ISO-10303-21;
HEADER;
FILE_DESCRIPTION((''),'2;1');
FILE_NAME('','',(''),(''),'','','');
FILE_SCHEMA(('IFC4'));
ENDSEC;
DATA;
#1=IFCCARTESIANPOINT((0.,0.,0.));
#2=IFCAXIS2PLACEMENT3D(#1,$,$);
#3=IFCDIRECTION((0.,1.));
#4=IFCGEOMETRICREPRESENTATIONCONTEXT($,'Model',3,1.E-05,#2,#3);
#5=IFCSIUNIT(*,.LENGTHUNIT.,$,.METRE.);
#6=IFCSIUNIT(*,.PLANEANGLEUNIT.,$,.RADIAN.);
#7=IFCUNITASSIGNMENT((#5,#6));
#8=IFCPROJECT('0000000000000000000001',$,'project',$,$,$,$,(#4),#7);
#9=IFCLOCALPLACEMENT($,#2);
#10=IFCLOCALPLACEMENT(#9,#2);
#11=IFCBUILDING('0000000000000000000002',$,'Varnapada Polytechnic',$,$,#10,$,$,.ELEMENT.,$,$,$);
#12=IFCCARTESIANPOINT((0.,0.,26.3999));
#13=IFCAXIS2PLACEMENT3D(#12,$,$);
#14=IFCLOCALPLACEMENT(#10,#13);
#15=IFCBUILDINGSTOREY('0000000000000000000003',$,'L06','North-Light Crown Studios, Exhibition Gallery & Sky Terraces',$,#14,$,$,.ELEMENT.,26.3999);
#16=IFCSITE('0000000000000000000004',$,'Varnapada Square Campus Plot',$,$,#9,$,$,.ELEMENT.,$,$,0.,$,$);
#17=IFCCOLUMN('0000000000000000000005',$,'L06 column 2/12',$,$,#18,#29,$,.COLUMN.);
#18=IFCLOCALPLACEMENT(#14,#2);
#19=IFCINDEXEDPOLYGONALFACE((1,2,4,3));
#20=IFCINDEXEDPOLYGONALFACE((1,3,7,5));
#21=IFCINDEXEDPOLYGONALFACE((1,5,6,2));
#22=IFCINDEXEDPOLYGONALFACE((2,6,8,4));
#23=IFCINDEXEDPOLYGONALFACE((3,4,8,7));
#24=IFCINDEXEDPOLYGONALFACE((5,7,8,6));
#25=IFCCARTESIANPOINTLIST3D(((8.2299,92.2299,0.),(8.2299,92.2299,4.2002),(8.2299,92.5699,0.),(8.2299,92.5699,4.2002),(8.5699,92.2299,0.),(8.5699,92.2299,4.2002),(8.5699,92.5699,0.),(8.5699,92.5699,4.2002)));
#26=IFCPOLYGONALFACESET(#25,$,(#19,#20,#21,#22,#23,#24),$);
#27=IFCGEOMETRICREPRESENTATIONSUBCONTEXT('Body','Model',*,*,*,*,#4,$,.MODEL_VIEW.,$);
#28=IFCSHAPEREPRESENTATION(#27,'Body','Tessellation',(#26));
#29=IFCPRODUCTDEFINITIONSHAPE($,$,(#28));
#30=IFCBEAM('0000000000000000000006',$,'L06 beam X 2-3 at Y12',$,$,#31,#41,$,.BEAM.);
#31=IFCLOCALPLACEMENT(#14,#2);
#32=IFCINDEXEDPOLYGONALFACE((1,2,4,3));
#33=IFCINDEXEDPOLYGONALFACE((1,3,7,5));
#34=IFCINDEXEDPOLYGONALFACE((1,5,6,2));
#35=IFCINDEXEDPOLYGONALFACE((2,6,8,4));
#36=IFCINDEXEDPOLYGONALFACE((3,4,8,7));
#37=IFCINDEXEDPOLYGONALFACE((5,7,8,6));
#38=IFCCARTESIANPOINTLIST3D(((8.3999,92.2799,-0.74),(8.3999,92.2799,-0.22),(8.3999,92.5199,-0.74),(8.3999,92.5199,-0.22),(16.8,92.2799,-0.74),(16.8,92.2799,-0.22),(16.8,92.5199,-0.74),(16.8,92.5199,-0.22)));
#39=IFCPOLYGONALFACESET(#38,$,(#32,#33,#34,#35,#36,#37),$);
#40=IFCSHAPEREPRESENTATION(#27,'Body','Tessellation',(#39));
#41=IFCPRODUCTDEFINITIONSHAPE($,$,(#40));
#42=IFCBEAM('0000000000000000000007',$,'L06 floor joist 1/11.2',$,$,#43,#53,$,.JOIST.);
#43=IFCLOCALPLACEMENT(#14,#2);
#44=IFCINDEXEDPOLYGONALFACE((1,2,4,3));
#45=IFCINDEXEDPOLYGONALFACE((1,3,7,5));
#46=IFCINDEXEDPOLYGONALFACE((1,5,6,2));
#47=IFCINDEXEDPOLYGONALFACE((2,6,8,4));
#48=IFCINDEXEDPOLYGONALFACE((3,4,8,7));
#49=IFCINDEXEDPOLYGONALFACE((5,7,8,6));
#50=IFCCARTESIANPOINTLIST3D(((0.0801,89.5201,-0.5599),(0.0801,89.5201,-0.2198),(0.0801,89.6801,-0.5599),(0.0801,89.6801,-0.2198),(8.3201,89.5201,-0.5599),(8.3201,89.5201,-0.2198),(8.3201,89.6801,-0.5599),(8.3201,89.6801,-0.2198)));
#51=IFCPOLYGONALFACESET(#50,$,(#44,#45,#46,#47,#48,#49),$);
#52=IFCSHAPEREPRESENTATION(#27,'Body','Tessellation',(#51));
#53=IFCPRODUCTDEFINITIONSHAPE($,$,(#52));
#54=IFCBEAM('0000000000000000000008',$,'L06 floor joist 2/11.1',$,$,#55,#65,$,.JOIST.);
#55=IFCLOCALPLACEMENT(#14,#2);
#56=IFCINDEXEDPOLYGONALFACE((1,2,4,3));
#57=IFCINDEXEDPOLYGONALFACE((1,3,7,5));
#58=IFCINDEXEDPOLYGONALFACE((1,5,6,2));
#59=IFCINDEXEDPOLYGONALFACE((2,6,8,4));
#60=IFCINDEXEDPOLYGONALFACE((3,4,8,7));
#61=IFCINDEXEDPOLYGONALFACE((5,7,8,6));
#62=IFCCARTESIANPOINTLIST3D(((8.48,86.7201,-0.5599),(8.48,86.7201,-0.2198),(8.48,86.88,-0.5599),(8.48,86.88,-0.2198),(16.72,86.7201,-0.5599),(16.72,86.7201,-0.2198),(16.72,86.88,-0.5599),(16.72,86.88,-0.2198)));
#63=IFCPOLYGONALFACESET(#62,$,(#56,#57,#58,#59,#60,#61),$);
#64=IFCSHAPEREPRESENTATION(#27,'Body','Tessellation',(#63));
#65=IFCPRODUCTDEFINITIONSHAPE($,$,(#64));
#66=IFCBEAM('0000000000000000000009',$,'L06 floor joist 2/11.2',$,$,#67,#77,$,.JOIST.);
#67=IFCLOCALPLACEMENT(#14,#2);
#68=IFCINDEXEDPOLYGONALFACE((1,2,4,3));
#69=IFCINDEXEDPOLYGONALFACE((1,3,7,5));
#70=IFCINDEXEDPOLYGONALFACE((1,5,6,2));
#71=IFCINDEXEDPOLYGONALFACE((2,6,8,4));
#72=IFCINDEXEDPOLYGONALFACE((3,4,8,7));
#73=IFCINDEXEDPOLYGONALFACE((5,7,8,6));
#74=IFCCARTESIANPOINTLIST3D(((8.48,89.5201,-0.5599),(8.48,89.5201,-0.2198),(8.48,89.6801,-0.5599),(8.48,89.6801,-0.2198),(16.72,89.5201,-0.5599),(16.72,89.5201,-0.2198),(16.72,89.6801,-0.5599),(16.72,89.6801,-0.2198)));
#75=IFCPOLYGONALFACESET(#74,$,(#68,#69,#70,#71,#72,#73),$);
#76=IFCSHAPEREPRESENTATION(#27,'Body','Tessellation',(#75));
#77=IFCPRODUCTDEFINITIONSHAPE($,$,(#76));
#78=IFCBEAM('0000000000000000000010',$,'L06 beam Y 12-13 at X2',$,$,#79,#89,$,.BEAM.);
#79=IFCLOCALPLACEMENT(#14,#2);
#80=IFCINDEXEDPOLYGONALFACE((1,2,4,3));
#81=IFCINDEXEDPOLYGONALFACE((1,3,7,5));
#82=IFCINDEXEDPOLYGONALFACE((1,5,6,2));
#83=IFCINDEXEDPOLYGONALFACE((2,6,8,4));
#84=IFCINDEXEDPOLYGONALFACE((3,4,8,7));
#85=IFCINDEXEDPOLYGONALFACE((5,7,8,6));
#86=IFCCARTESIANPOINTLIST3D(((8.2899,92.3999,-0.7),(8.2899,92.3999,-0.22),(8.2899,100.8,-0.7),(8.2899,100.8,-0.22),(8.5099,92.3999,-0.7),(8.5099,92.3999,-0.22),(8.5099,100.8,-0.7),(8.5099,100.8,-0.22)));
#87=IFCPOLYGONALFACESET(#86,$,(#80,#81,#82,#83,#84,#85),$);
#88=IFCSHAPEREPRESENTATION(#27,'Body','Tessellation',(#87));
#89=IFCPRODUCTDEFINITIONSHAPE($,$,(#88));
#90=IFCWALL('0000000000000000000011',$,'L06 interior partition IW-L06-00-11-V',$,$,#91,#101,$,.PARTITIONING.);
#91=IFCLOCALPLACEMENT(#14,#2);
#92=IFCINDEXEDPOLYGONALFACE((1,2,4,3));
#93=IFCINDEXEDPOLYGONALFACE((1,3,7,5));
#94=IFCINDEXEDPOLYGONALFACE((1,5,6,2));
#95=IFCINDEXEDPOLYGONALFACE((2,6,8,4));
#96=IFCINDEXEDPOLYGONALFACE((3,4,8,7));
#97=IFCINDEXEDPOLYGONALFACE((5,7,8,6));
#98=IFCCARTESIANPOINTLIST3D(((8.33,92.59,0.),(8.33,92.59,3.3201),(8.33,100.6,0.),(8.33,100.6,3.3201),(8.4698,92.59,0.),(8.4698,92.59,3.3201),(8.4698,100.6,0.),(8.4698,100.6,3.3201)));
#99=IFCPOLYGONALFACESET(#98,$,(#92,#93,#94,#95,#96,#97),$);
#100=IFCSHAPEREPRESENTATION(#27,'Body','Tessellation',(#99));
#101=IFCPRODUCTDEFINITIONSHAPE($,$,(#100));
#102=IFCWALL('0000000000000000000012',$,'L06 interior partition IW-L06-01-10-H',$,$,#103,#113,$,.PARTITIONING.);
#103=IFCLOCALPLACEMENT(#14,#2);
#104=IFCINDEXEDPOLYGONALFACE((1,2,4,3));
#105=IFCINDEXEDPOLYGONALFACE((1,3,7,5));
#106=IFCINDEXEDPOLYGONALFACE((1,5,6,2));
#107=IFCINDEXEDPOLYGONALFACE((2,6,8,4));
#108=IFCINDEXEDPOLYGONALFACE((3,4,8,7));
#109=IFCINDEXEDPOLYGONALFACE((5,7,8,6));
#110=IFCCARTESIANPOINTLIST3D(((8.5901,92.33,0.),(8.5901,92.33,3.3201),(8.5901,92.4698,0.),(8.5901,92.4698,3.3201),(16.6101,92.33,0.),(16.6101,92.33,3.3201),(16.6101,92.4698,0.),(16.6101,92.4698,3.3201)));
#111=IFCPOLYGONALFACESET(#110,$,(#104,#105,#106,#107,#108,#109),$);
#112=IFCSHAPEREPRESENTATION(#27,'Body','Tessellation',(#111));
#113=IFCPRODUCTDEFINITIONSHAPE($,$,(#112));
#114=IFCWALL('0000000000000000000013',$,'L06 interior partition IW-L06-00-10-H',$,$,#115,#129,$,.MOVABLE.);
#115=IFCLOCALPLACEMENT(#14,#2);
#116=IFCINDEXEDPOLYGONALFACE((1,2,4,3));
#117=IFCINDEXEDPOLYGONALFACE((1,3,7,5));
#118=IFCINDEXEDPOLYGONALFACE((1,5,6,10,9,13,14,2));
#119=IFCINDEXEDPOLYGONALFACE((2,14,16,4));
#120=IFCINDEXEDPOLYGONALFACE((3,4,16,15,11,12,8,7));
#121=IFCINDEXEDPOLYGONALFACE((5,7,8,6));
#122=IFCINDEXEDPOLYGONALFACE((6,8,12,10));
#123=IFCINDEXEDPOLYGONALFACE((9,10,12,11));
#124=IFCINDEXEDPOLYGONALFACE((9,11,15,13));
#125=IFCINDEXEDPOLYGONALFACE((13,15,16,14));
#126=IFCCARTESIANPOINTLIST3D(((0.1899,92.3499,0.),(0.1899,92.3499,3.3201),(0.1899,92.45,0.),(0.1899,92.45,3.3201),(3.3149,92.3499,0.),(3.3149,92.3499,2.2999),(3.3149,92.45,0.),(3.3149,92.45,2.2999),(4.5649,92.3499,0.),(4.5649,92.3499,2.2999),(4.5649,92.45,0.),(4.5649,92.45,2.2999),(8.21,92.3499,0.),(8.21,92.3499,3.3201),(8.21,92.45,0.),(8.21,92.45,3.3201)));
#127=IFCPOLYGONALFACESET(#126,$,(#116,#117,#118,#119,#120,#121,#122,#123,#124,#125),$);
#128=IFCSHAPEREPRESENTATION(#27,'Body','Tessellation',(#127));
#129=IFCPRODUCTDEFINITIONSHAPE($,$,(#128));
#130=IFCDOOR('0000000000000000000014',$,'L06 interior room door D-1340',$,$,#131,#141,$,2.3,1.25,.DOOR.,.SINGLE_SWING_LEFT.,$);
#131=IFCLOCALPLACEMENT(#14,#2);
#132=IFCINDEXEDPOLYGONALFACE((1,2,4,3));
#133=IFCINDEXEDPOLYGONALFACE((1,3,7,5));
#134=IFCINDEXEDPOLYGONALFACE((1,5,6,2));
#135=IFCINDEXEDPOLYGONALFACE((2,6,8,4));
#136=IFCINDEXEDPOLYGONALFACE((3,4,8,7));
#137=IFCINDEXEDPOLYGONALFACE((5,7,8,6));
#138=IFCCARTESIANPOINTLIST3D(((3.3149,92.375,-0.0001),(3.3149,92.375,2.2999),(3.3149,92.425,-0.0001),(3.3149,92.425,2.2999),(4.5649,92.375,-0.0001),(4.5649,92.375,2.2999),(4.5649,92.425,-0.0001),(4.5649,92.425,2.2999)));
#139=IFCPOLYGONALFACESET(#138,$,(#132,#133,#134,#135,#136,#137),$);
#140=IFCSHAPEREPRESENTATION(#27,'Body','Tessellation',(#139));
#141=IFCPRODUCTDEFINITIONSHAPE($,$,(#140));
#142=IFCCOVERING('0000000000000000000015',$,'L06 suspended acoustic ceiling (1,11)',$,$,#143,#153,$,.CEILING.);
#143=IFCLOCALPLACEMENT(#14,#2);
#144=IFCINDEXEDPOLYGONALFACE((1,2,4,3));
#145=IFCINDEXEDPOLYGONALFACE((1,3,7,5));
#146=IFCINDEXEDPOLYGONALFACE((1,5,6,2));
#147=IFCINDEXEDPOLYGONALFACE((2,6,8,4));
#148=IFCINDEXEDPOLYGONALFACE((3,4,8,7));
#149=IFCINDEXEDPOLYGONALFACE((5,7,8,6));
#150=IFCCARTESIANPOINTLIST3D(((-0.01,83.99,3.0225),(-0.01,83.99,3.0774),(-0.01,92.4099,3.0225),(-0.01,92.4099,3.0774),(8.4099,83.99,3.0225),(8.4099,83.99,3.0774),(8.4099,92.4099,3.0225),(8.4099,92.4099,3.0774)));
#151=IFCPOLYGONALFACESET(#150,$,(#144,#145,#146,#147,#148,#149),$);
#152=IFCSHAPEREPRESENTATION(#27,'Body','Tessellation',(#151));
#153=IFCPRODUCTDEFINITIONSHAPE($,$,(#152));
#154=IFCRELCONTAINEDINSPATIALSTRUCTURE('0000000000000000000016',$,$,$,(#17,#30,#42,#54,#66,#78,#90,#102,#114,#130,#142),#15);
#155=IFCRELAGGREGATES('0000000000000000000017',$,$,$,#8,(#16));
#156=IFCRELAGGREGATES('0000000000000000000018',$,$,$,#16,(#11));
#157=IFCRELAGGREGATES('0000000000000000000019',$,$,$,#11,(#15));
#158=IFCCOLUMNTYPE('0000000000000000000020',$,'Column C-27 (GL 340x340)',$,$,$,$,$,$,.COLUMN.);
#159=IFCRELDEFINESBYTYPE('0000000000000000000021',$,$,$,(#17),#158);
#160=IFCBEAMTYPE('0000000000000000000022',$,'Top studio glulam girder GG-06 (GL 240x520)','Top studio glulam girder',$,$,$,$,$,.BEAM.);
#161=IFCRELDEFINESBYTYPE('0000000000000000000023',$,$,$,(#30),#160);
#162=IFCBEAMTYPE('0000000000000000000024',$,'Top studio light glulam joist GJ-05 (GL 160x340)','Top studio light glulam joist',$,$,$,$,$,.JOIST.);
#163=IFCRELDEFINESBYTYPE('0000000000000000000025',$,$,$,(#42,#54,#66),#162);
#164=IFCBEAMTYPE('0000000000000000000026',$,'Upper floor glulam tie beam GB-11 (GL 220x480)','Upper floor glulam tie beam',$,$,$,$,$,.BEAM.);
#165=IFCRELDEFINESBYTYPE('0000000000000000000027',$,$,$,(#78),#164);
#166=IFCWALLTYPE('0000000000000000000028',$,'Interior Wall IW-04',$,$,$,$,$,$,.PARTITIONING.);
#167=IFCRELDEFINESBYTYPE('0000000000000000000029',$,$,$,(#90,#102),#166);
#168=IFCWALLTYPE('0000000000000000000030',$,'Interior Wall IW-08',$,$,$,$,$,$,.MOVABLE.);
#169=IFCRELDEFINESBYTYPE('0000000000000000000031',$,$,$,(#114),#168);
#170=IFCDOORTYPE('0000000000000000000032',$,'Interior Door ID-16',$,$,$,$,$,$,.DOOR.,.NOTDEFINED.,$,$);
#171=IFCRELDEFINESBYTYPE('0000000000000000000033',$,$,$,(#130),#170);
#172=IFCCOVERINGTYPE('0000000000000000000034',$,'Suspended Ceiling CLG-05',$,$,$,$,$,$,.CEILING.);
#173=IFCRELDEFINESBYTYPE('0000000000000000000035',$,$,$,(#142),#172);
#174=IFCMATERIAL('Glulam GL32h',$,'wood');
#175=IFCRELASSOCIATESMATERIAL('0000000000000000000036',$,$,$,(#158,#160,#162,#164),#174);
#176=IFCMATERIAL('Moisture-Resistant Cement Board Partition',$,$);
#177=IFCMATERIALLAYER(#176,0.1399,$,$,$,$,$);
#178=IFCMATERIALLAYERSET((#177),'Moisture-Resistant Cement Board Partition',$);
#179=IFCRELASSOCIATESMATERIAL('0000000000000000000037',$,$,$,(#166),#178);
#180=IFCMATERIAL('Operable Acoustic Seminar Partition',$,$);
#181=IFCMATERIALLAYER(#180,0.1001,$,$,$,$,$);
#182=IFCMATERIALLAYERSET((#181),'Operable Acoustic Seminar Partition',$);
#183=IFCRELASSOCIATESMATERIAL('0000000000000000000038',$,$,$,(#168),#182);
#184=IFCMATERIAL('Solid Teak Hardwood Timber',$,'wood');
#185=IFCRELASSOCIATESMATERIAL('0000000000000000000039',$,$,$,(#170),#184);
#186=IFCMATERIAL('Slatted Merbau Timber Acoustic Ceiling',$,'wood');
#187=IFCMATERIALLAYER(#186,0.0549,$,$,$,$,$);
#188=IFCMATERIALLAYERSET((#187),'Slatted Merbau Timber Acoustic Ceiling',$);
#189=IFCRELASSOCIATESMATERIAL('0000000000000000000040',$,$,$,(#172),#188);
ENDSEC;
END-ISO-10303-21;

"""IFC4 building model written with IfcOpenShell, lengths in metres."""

from ifc_helpers import new_model, si_unit, direction, frame, frame_2d, origin, origin_2d, place, context, subcontext, project, spatial, rectangle, extrude, material, layer, layer_set, material_profile, profile_set, type_object, element, fill, save


model = new_model("IFC4")

# Units and contexts
model_context = context("Model", 3, precision=1e-05, world=origin(), true_north=direction((0.0, 1.0)))
body_context = subcontext(model_context, "Body", "Model", "MODEL_VIEW")
ifc_project = project(units=[si_unit("LENGTHUNIT", "METRE"), si_unit("PLANEANGLEUNIT", "RADIAN")], contexts=[model_context])

# Site, building, storey
site_placement = place(None, origin())
site = spatial("IfcSite", under=ifc_project, at=site_placement, Name="Varnapada Square Campus Plot", CompositionType="ELEMENT", RefElevation=0.0)
building_placement = place(site_placement, origin())
building = spatial("IfcBuilding", under=site, at=building_placement, Name="Varnapada Polytechnic", CompositionType="ELEMENT")
storey_placement = place(building_placement, frame((0.0, 0.0, 26.3999)))
storey = spatial("IfcBuildingStorey", under=building, at=storey_placement, Name="L06", Description="North-Light Crown Studios, Exhibition Gallery & Sky Terraces", CompositionType="ELEMENT", Elevation=26.3999)

# Column
ifc_material_1 = material(Name="Glulam GL32h", Category="wood")
ifc_material_profile_1 = material_profile(ifc_material_1, rectangle(XDim=0.3401, YDim=0.3401, at=origin_2d()), Name="GL 340x340")
ifc_profile_set_1 = profile_set([ifc_material_profile_1], Name="Glulam GL32h")
column_type = type_object("IfcColumnType", Name="Column C-27 (GL 340x340)", PredefinedType="COLUMN", material=ifc_profile_set_1)
column_placement = place(storey_placement, frame((8.3999, 92.3999, 0.0), z_axis=(0.0, 0.0, 1.0), x_axis=(1.0, 0.0, 0.0)))
element("IfcColumn", 1, at=column_placement, inside=storey, type_object=column_type, Name="L06 column 2/12", PredefinedType="COLUMN", context=body_context, shape_type="SweptSolid", body=[
    extrude(rectangle(XDim=0.3401, YDim=0.3401, at=origin_2d()), origin(), (0.0, 0.0, 1.0), 4.2002),
])

# Beams
ifc_material_profile_2 = material_profile(ifc_material_1, rectangle(XDim=0.24, YDim=0.52, at=origin_2d()), Name="GL 240x520")
ifc_profile_set_2 = profile_set([ifc_material_profile_2], Name="Glulam GL32h")
beam_type_1 = type_object("IfcBeamType", Name="Top studio glulam girder GG-06 (GL 240x520)", Description="Top studio glulam girder", PredefinedType="BEAM", material=ifc_profile_set_2)
beam_1_placement = place(storey_placement, frame((8.3999, 92.3999, -0.48), z_axis=(1.0, 0.0, 0.0), x_axis=(0.0, 1.0, 0.0)))
element("IfcBeam", 2, at=beam_1_placement, inside=storey, type_object=beam_type_1, Name="L06 beam X 2-3 at Y12", PredefinedType="BEAM", context=body_context, shape_type="SweptSolid", body=[
    extrude(rectangle(XDim=0.24, YDim=0.52, at=origin_2d()), origin(), (0.0, 0.0, 1.0), 8.4001),
])
ifc_material_profile_3 = material_profile(ifc_material_1, rectangle(XDim=0.1599, YDim=0.3401, at=origin_2d()), Name="GL 160x340")
ifc_profile_set_3 = profile_set([ifc_material_profile_3], Name="Glulam GL32h")
beam_type_2 = type_object("IfcBeamType", Name="Top studio light glulam joist GJ-05 (GL 160x340)", Description="Top studio light glulam joist", PredefinedType="JOIST", material=ifc_profile_set_3)
for number, where, z_axis, x_axis, name in (
    (3, (0.0801, 89.6001, -0.3899), (1.0, 0.0, 0.0), (0.0, 1.0, 0.0), "L06 floor joist 1/11.2"),
    (4, (8.48, 86.8, -0.3899), (1.0, 0.0, 0.0), (0.0, 1.0, 0.0), "L06 floor joist 2/11.1"),
    (5, (8.48, 89.6001, -0.3899), (1.0, 0.0, 0.0), (0.0, 1.0, 0.0), "L06 floor joist 2/11.2"),
):
    element("IfcBeam", number, at=place(storey_placement, frame(where, z_axis=z_axis, x_axis=x_axis)), inside=storey, type_object=beam_type_2, Name=name, PredefinedType="JOIST", context=body_context, shape_type="SweptSolid", body=[
        extrude(rectangle(XDim=0.1599, YDim=0.3401, at=origin_2d()), origin(), (0.0, 0.0, 1.0), 8.24),
    ])
ifc_material_profile_4 = material_profile(ifc_material_1, rectangle(XDim=0.22, YDim=0.48, at=origin_2d()), Name="GL 220x480")
ifc_profile_set_4 = profile_set([ifc_material_profile_4], Name="Glulam GL32h")
beam_type_3 = type_object("IfcBeamType", Name="Upper floor glulam tie beam GB-11 (GL 220x480)", Description="Upper floor glulam tie beam", PredefinedType="BEAM", material=ifc_profile_set_4)
beam_2_placement = place(storey_placement, frame((8.3999, 92.3999, -0.46), z_axis=(0.0, 1.0, 0.0), x_axis=(-1.0, 0.0, 0.0)))
element("IfcBeam", 6, at=beam_2_placement, inside=storey, type_object=beam_type_3, Name="L06 beam Y 12-13 at X2", PredefinedType="BEAM", context=body_context, shape_type="SweptSolid", body=[
    extrude(rectangle(XDim=0.22, YDim=0.48, at=origin_2d()), origin(), (0.0, 0.0, 1.0), 8.4001),
])

# Walls
ifc_material_2 = material(Name="Moisture-Resistant Cement Board Partition")
ifc_layer_1 = layer(ifc_material_2, 0.1399)
ifc_layer_set_1 = layer_set([ifc_layer_1], Name="Moisture-Resistant Cement Board Partition")
wall_type_1 = type_object("IfcWallType", Name="Interior Wall IW-04", PredefinedType="PARTITIONING", material=ifc_layer_set_1)
wall_1_placement = place(storey_placement, frame((8.3999, 92.5901, 0.0), z_axis=(0.0, 0.0, 1.0), x_axis=(0.0, 1.0, 0.0)))
element("IfcWall", 7, at=wall_1_placement, inside=storey, type_object=wall_type_1, Name="L06 interior partition IW-L06-00-11-V", PredefinedType="PARTITIONING", context=body_context, shape_type="SweptSolid", body=[
    extrude(rectangle(XDim=8.01, YDim=0.1399, at=frame_2d((4.0049, 0.0))), origin(), (0.0, 0.0, 1.0), 3.3201),
])
wall_2_placement = place(storey_placement, frame((8.5901, 92.3999, 0.0), z_axis=(0.0, 0.0, 1.0), x_axis=(1.0, 0.0, 0.0)))
element("IfcWall", 8, at=wall_2_placement, inside=storey, type_object=wall_type_1, Name="L06 interior partition IW-L06-01-10-H", PredefinedType="PARTITIONING", context=body_context, shape_type="SweptSolid", body=[
    extrude(rectangle(XDim=8.02, YDim=0.1399, at=frame_2d((4.01, 0.0))), origin(), (0.0, 0.0, 1.0), 3.3201),
])

# Wall, opening, door
ifc_material_3 = material(Name="Operable Acoustic Seminar Partition")
ifc_layer_2 = layer(ifc_material_3, 0.1001)
ifc_layer_set_2 = layer_set([ifc_layer_2], Name="Operable Acoustic Seminar Partition")
wall_type_2 = type_object("IfcWallType", Name="Interior Wall IW-08", PredefinedType="MOVABLE", material=ifc_layer_set_2)
wall_3_placement = place(storey_placement, frame((0.1899, 92.3999, 0.0), z_axis=(0.0, 0.0, 1.0), x_axis=(1.0, 0.0, 0.0)))
wall_3 = element("IfcWall", 9, at=wall_3_placement, inside=storey, type_object=wall_type_2, Name="L06 interior partition IW-L06-00-10-H", PredefinedType="MOVABLE", context=body_context, shape_type="SweptSolid", body=[
    extrude(rectangle(XDim=8.02, YDim=0.1001, at=frame_2d((4.01, 0.0))), origin(), (0.0, 0.0, 1.0), 3.3201),
])
opening_placement = place(wall_3_placement, frame((3.125, 0.0, 0.0)))
opening = element("IfcOpeningElement", 10, at=opening_placement, cuts=wall_3, PredefinedType="OPENING", context=body_context, shape_type="SweptSolid", body=[
    extrude(rectangle(XDim=1.25, YDim=2.3, at=frame_2d((0.625, 1.1499))), frame((0.0, 0.0601, 0.0), z_axis=(0.0, -1.0, 0.0), x_axis=(1.0, 0.0, 0.0)), (0.0, 0.0, 1.0), 0.1201),
])
ifc_material_4 = material(Name="Solid Teak Hardwood Timber", Category="wood")
door_type = type_object("IfcDoorType", Name="Interior Door ID-16", OperationType="NOTDEFINED", PredefinedType="DOOR", material=ifc_material_4)
door_placement = place(opening_placement, frame((1.25, 0.0, 0.0), z_axis=(0.0, 0.0, 1.0), x_axis=(-1.0, 0.0, 0.0)))
door = element("IfcDoor", 11, at=door_placement, inside=storey, type_object=door_type, Name="L06 interior room door D-1340", OperationType="SINGLE_SWING_LEFT", OverallHeight=2.3, OverallWidth=1.25, PredefinedType="DOOR", context=body_context, shape_type="SweptSolid", body=[
    extrude(rectangle(XDim=1.25, YDim=2.3, at=frame_2d((0.625, 1.1499))), frame((0.0, 0.0249, 0.0), z_axis=(0.0, -1.0, 0.0), x_axis=(1.0, 0.0, 0.0)), (0.0, 0.0, 1.0), 0.05),
])
fill(opening, door)

# Covering
ifc_material_5 = material(Name="Slatted Merbau Timber Acoustic Ceiling", Category="wood")
ifc_layer_3 = layer(ifc_material_5, 0.0549)
ifc_layer_set_3 = layer_set([ifc_layer_3], Name="Slatted Merbau Timber Acoustic Ceiling")
covering_type = type_object("IfcCoveringType", Name="Suspended Ceiling CLG-05", PredefinedType="CEILING", material=ifc_layer_set_3)
covering_placement = place(storey_placement, frame((4.2, 88.2, 3.0225), z_axis=(0.0, 0.0, 1.0), x_axis=(1.0, 0.0, 0.0)))
element("IfcCovering", 12, at=covering_placement, inside=storey, type_object=covering_type, Name="L06 suspended acoustic ceiling (1,11)", PredefinedType="CEILING", context=body_context, shape_type="SweptSolid", body=[
    extrude(rectangle(XDim=8.4199, YDim=8.4199, at=origin_2d()), origin(), (0.0, 0.0, 1.0), 0.0549),
])

save(model, "model.ifc")
